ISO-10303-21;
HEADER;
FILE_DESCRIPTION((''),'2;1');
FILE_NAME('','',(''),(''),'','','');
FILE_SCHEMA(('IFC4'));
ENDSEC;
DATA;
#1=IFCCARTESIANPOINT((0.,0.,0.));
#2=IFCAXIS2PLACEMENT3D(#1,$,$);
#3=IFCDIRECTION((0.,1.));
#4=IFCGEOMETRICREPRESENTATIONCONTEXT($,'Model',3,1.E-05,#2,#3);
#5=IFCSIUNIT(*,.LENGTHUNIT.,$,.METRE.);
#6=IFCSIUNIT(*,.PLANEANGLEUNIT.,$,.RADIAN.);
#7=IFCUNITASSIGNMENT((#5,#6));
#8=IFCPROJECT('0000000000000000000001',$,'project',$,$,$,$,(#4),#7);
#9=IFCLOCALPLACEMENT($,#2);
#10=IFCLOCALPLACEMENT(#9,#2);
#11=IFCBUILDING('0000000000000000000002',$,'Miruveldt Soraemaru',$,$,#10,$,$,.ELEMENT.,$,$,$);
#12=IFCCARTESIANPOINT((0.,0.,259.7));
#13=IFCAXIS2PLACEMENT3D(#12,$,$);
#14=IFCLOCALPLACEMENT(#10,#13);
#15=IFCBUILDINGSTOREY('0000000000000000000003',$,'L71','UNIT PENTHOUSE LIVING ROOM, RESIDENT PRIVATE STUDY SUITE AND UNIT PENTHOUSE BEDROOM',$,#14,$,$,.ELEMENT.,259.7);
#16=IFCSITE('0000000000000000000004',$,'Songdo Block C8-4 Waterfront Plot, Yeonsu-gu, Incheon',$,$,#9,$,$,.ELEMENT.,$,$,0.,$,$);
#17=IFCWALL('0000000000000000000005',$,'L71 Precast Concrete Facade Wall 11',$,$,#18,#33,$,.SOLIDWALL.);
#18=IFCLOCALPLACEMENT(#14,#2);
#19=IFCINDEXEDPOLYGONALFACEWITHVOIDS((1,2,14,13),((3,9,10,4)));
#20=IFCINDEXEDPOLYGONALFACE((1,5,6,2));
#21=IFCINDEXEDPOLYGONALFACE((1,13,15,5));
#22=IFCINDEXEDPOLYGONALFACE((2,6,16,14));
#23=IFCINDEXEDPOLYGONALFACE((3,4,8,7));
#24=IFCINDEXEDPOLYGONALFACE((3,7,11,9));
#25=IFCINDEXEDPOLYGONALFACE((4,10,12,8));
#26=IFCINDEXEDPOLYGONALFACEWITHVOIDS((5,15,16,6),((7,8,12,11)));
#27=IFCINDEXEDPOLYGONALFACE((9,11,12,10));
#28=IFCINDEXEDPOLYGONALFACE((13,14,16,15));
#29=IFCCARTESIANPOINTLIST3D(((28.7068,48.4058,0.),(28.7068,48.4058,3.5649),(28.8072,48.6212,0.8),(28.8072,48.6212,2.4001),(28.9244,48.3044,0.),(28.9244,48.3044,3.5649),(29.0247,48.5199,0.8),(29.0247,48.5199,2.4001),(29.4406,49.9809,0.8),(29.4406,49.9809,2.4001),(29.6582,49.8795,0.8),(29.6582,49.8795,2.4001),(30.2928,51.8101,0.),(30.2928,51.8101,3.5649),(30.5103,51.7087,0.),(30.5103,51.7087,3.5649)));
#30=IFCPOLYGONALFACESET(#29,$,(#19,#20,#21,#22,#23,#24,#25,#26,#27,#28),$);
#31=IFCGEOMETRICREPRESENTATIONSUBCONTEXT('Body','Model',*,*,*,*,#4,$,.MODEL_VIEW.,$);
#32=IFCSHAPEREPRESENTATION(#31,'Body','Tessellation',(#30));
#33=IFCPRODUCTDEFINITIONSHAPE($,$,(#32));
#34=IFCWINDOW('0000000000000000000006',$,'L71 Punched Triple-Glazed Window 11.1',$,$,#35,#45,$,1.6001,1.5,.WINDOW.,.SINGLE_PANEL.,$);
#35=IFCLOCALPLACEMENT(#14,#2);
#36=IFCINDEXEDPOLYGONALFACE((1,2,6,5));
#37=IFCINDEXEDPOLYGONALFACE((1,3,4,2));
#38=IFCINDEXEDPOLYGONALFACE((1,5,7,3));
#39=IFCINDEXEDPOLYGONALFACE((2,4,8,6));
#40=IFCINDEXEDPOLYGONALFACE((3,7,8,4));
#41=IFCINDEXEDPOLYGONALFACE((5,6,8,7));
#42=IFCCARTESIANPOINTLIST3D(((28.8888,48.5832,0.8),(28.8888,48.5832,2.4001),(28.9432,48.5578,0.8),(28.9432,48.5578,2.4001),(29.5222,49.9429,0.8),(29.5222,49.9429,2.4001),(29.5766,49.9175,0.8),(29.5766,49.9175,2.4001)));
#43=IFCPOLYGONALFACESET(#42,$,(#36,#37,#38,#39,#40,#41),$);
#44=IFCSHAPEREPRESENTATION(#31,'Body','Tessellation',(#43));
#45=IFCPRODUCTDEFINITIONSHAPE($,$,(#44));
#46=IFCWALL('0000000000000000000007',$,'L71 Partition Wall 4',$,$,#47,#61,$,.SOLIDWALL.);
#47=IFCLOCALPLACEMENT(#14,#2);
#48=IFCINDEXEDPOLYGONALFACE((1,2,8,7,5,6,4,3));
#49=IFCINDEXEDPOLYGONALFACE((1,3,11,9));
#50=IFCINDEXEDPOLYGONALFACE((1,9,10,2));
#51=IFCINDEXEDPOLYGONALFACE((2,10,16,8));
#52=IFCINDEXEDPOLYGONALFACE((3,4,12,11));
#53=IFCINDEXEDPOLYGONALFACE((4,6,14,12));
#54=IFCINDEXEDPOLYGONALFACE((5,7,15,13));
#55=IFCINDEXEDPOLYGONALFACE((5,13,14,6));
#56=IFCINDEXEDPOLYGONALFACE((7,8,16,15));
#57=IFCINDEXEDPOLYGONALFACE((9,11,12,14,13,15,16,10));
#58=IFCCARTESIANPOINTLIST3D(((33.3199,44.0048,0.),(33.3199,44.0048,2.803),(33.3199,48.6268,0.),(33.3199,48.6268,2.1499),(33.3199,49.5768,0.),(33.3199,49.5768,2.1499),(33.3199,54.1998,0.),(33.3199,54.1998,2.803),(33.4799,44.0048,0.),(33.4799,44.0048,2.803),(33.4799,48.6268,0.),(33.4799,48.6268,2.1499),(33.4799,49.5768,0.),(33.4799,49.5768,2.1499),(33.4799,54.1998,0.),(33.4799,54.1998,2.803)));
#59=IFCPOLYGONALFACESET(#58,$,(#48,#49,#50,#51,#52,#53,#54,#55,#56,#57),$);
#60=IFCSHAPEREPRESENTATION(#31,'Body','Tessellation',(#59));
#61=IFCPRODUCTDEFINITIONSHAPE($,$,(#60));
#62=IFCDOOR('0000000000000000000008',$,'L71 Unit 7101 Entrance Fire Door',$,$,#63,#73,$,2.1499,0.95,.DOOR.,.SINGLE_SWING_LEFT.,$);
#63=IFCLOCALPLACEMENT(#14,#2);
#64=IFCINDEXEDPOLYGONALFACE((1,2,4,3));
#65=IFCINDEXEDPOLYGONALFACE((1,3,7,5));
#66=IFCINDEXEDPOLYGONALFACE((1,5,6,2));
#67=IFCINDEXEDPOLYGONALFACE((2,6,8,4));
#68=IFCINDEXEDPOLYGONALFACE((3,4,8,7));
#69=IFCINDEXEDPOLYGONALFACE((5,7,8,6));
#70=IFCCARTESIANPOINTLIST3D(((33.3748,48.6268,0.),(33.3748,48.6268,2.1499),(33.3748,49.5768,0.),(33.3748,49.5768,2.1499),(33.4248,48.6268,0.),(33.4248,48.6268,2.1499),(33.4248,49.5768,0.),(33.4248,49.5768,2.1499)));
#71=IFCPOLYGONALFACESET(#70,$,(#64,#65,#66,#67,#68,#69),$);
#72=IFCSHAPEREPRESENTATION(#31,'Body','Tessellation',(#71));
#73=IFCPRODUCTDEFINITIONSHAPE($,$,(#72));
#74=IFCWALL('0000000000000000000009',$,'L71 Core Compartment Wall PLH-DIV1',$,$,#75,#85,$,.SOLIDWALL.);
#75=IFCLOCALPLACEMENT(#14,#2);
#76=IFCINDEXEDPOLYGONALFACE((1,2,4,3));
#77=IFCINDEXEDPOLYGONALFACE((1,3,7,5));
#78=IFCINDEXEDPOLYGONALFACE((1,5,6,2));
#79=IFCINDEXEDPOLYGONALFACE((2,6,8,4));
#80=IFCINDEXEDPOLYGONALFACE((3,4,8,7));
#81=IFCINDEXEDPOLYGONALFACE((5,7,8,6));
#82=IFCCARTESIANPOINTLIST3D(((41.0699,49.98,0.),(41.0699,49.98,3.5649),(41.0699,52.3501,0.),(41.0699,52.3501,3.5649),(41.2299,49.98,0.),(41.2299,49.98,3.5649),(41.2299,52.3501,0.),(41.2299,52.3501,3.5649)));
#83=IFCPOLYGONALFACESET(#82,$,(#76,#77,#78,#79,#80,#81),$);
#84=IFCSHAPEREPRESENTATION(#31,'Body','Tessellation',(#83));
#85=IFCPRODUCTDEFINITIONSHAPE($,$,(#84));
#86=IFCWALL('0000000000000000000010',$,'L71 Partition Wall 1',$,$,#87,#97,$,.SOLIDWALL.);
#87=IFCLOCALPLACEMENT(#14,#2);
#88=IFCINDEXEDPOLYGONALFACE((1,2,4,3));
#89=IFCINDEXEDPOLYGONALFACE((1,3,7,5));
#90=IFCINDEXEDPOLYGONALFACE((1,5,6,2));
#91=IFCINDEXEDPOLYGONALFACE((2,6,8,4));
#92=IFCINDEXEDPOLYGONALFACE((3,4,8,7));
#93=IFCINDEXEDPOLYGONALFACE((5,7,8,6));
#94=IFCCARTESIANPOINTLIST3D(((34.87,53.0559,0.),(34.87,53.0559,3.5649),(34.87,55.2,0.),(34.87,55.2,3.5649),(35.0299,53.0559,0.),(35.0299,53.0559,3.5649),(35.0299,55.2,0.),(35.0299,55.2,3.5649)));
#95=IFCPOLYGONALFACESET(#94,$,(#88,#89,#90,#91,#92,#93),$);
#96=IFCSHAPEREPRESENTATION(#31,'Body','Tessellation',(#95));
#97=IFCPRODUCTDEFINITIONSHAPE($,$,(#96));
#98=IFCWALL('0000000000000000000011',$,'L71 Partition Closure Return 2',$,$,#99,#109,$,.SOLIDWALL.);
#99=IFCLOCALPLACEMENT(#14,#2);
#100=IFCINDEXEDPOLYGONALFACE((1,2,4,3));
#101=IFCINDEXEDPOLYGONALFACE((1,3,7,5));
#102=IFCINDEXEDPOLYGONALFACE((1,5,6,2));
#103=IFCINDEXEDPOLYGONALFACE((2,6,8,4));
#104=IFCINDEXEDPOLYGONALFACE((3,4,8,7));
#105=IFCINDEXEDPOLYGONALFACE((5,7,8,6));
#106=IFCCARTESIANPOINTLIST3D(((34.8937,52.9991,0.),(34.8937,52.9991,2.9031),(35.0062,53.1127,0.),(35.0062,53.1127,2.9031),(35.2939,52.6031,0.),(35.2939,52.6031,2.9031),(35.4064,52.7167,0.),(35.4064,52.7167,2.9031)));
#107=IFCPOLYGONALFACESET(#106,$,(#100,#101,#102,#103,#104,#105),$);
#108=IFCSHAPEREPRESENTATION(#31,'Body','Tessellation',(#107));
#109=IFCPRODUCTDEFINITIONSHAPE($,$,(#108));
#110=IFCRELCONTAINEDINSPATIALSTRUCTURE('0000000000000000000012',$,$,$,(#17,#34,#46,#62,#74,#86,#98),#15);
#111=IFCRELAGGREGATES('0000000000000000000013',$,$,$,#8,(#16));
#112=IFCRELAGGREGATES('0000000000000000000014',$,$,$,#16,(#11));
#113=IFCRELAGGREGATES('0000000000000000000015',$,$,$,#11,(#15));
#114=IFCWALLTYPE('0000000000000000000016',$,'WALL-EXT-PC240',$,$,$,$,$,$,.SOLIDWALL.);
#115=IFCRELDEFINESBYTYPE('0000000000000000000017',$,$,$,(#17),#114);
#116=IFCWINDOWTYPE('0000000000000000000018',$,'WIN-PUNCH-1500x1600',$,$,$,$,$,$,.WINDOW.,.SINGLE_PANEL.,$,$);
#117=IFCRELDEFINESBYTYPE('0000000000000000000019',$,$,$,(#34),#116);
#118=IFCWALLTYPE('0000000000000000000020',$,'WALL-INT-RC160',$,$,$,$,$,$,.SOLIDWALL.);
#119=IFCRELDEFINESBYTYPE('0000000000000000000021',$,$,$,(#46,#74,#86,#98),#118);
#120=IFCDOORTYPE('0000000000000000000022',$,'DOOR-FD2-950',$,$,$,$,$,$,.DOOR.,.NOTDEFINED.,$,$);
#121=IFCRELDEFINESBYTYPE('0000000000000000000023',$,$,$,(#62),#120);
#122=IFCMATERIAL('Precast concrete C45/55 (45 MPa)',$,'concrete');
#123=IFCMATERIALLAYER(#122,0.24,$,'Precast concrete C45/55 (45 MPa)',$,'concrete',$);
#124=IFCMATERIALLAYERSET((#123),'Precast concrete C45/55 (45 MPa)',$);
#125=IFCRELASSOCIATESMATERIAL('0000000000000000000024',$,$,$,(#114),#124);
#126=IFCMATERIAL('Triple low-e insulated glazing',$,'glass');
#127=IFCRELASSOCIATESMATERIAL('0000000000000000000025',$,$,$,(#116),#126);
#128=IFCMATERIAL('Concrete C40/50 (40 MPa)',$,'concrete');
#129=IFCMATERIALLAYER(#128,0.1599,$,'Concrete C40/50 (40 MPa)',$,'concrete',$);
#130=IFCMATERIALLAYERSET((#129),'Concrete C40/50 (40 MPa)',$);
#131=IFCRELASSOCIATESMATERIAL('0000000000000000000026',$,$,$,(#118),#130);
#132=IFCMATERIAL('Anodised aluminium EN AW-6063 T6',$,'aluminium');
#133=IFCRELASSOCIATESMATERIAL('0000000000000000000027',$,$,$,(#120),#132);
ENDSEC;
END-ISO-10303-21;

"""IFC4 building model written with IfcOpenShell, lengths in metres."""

from ifc_helpers import new_model, si_unit, direction, frame, frame_2d, origin, place, context, subcontext, project, spatial, rectangle, extrude, material, layer, layer_set, type_object, element, fill, save


model = new_model("IFC4")

# Units and contexts
model_context = context("Model", 3, precision=1e-05, world=origin(), true_north=direction((0.0, 1.0)))
body_context = subcontext(model_context, "Body", "Model", "MODEL_VIEW")
ifc_project = project(units=[si_unit("LENGTHUNIT", "METRE"), si_unit("PLANEANGLEUNIT", "RADIAN")], contexts=[model_context])

# Site, building, storey
site_placement = place(None, origin())
site = spatial("IfcSite", under=ifc_project, at=site_placement, Name="Songdo Block C8-4 Waterfront Plot, Yeonsu-gu, Incheon", CompositionType="ELEMENT", RefElevation=0.0)
building_placement = place(site_placement, origin())
building = spatial("IfcBuilding", under=site, at=building_placement, Name="Miruveldt Soraemaru", CompositionType="ELEMENT")
storey_placement = place(building_placement, frame((0.0, 0.0, 259.7)))
storey = spatial("IfcBuildingStorey", under=building, at=storey_placement, Name="L71", Description="UNIT PENTHOUSE LIVING ROOM, RESIDENT PRIVATE STUDY SUITE AND UNIT PENTHOUSE BEDROOM", CompositionType="ELEMENT", Elevation=259.7)

# Shared definitions
ifc_material_1 = material(Name="Concrete C40/50 (40 MPa)", Category="concrete")

# Shared definitions
ifc_material_2 = material(Name="Anodised aluminium EN AW-6063 T6", Category="aluminium")

# Wall, opening, window
ifc_material_3 = material(Name="Precast concrete C45/55 (45 MPa)", Category="concrete")
ifc_layer_1 = layer(ifc_material_3, 0.24, Name="Precast concrete C45/55 (45 MPa)", Category="concrete")
ifc_layer_set_1 = layer_set([ifc_layer_1], Name="Precast concrete C45/55 (45 MPa)")
wall_type_1 = type_object("IfcWallType", Name="WALL-EXT-PC240", PredefinedType="SOLIDWALL", material=ifc_layer_set_1)
wall_1_placement = place(storey_placement, frame((30.4016, 51.7595, 0.0), z_axis=(0.0, 0.0, 1.0), x_axis=(-0.422287, -0.906462, 0.0)))
wall_1 = element("IfcWall", 1, at=wall_1_placement, inside=storey, type_object=wall_type_1, Name="L71 Precast Concrete Facade Wall 11", PredefinedType="SOLIDWALL", context=body_context, shape_type="SweptSolid", body=[
    extrude(rectangle(XDim=3.7556, YDim=0.24, at=frame_2d((1.8779, 0.0))), origin(), (0.0, 0.0, 1.0), 3.5649),
])
opening_1_placement = place(wall_1_placement, frame((2.0181, 0.0, 0.8)))
opening_1 = element("IfcOpeningElement", 2, at=opening_1_placement, cuts=wall_1, PredefinedType="OPENING", context=body_context, shape_type="SweptSolid", body=[
    extrude(rectangle(XDim=1.5, YDim=1.6001, at=frame_2d((0.75, 0.8))), frame((0.0, 0.1299, 0.0), z_axis=(0.0, -1.0, 0.0), x_axis=(1.0, 0.0, 0.0)), (0.0, 0.0, 1.0), 0.26),
])
ifc_material_4 = material(Name="Triple low-e insulated glazing", Category="glass")
window_type = type_object("IfcWindowType", Name="WIN-PUNCH-1500x1600", PartitioningType="SINGLE_PANEL", PredefinedType="WINDOW", material=ifc_material_4)
window_placement = place(opening_1_placement, origin())
window = element("IfcWindow", 3, at=window_placement, inside=storey, type_object=window_type, Name="L71 Punched Triple-Glazed Window 11.1", OverallHeight=1.6001, OverallWidth=1.5, PartitioningType="SINGLE_PANEL", PredefinedType="WINDOW", context=body_context, shape_type="SweptSolid", body=[
    extrude(rectangle(XDim=1.5, YDim=1.6001, at=frame_2d((0.75, 0.8))), frame((0.0, 0.03, 0.0), z_axis=(0.0, -1.0, 0.0), x_axis=(1.0, 0.0, 0.0)), (0.0, 0.0, 1.0), 0.0601),
])
fill(opening_1, window)

# Wall, opening, door
ifc_layer_2 = layer(ifc_material_1, 0.1599, Name="Concrete C40/50 (40 MPa)", Category="concrete")
ifc_layer_set_2 = layer_set([ifc_layer_2], Name="Concrete C40/50 (40 MPa)")
wall_type_2 = type_object("IfcWallType", Name="WALL-INT-RC160", PredefinedType="SOLIDWALL", material=ifc_layer_set_2)
wall_2_placement = place(storey_placement, frame((33.3999, 54.2, 0.0), z_axis=(0.0, 0.0, 1.0), x_axis=(0.0, -1.0, 0.0)))
wall_2 = element("IfcWall", 4, at=wall_2_placement, inside=storey, type_object=wall_type_2, Name="L71 Partition Wall 4", PredefinedType="SOLIDWALL", context=body_context, shape_type="SweptSolid", body=[
    extrude(rectangle(XDim=10.1951, YDim=0.1599, at=frame_2d((5.0977, 0.0))), origin(), (0.0, 0.0, 1.0), 2.803),
])
opening_2_placement = place(wall_2_placement, frame((4.623, 0.0, 0.0)))
opening_2 = element("IfcOpeningElement", 5, at=opening_2_placement, cuts=wall_2, PredefinedType="OPENING", context=body_context, shape_type="SweptSolid", body=[
    extrude(rectangle(XDim=0.95, YDim=2.1499, at=frame_2d((0.4751, 1.075))), frame((0.0, 0.0898, 0.0), z_axis=(0.0, -1.0, 0.0), x_axis=(1.0, 0.0, 0.0)), (0.0, 0.0, 1.0), 0.1799),
])
door_type_1 = type_object("IfcDoorType", Name="DOOR-FD2-950", OperationType="NOTDEFINED", PredefinedType="DOOR", material=ifc_material_2)
door_1_placement = place(opening_2_placement, origin())
door_1 = element("IfcDoor", 6, at=door_1_placement, inside=storey, type_object=door_type_1, Name="L71 Unit 7101 Entrance Fire Door", OperationType="SINGLE_SWING_LEFT", OverallHeight=2.1499, OverallWidth=0.95, PredefinedType="DOOR", context=body_context, shape_type="SweptSolid", body=[
    extrude(rectangle(XDim=0.95, YDim=2.1499, at=frame_2d((0.4751, 1.075))), frame((0.0, 0.0249, 0.0), z_axis=(0.0, -1.0, 0.0), x_axis=(1.0, 0.0, 0.0)), (0.0, 0.0, 1.0), 0.05),
])
fill(opening_2, door_1)

# Walls
wall_3_placement = place(storey_placement, frame((41.1499, 49.98, 0.0), z_axis=(0.0, 0.0, 1.0), x_axis=(0.0, 1.0, 0.0)))
element("IfcWall", 7, at=wall_3_placement, inside=storey, type_object=wall_type_2, Name="L71 Core Compartment Wall PLH-DIV1", PredefinedType="SOLIDWALL", context=body_context, shape_type="SweptSolid", body=[
    extrude(rectangle(XDim=2.3701, YDim=0.1599, at=frame_2d((1.1851, 0.0))), origin(), (0.0, 0.0, 1.0), 3.5649),
])
wall_4_placement = place(storey_placement, frame((34.95, 53.0559, 0.0), z_axis=(0.0, 0.0, 1.0), x_axis=(0.0, 1.0, 0.0)))
element("IfcWall", 8, at=wall_4_placement, inside=storey, type_object=wall_type_2, Name="L71 Partition Wall 1", PredefinedType="SOLIDWALL", context=body_context, shape_type="SweptSolid", body=[
    extrude(rectangle(XDim=2.144, YDim=0.1599, at=frame_2d((1.072, 0.0))), origin(), (0.0, 0.0, 1.0), 3.5649),
])
wall_5_placement = place(storey_placement, frame((34.95, 53.0559, 0.0), z_axis=(0.0, 0.0, 1.0), x_axis=(0.710783, -0.703411, 0.0)))
element("IfcWall", 9, at=wall_5_placement, inside=storey, type_object=wall_type_2, Name="L71 Partition Closure Return 2", PredefinedType="SOLIDWALL", context=body_context, shape_type="SweptSolid", body=[
    extrude(rectangle(XDim=0.563, YDim=0.1599, at=frame_2d((0.2815, 0.0))), origin(), (0.0, 0.0, 1.0), 2.9031),
])

save(model, "model.ifc")
